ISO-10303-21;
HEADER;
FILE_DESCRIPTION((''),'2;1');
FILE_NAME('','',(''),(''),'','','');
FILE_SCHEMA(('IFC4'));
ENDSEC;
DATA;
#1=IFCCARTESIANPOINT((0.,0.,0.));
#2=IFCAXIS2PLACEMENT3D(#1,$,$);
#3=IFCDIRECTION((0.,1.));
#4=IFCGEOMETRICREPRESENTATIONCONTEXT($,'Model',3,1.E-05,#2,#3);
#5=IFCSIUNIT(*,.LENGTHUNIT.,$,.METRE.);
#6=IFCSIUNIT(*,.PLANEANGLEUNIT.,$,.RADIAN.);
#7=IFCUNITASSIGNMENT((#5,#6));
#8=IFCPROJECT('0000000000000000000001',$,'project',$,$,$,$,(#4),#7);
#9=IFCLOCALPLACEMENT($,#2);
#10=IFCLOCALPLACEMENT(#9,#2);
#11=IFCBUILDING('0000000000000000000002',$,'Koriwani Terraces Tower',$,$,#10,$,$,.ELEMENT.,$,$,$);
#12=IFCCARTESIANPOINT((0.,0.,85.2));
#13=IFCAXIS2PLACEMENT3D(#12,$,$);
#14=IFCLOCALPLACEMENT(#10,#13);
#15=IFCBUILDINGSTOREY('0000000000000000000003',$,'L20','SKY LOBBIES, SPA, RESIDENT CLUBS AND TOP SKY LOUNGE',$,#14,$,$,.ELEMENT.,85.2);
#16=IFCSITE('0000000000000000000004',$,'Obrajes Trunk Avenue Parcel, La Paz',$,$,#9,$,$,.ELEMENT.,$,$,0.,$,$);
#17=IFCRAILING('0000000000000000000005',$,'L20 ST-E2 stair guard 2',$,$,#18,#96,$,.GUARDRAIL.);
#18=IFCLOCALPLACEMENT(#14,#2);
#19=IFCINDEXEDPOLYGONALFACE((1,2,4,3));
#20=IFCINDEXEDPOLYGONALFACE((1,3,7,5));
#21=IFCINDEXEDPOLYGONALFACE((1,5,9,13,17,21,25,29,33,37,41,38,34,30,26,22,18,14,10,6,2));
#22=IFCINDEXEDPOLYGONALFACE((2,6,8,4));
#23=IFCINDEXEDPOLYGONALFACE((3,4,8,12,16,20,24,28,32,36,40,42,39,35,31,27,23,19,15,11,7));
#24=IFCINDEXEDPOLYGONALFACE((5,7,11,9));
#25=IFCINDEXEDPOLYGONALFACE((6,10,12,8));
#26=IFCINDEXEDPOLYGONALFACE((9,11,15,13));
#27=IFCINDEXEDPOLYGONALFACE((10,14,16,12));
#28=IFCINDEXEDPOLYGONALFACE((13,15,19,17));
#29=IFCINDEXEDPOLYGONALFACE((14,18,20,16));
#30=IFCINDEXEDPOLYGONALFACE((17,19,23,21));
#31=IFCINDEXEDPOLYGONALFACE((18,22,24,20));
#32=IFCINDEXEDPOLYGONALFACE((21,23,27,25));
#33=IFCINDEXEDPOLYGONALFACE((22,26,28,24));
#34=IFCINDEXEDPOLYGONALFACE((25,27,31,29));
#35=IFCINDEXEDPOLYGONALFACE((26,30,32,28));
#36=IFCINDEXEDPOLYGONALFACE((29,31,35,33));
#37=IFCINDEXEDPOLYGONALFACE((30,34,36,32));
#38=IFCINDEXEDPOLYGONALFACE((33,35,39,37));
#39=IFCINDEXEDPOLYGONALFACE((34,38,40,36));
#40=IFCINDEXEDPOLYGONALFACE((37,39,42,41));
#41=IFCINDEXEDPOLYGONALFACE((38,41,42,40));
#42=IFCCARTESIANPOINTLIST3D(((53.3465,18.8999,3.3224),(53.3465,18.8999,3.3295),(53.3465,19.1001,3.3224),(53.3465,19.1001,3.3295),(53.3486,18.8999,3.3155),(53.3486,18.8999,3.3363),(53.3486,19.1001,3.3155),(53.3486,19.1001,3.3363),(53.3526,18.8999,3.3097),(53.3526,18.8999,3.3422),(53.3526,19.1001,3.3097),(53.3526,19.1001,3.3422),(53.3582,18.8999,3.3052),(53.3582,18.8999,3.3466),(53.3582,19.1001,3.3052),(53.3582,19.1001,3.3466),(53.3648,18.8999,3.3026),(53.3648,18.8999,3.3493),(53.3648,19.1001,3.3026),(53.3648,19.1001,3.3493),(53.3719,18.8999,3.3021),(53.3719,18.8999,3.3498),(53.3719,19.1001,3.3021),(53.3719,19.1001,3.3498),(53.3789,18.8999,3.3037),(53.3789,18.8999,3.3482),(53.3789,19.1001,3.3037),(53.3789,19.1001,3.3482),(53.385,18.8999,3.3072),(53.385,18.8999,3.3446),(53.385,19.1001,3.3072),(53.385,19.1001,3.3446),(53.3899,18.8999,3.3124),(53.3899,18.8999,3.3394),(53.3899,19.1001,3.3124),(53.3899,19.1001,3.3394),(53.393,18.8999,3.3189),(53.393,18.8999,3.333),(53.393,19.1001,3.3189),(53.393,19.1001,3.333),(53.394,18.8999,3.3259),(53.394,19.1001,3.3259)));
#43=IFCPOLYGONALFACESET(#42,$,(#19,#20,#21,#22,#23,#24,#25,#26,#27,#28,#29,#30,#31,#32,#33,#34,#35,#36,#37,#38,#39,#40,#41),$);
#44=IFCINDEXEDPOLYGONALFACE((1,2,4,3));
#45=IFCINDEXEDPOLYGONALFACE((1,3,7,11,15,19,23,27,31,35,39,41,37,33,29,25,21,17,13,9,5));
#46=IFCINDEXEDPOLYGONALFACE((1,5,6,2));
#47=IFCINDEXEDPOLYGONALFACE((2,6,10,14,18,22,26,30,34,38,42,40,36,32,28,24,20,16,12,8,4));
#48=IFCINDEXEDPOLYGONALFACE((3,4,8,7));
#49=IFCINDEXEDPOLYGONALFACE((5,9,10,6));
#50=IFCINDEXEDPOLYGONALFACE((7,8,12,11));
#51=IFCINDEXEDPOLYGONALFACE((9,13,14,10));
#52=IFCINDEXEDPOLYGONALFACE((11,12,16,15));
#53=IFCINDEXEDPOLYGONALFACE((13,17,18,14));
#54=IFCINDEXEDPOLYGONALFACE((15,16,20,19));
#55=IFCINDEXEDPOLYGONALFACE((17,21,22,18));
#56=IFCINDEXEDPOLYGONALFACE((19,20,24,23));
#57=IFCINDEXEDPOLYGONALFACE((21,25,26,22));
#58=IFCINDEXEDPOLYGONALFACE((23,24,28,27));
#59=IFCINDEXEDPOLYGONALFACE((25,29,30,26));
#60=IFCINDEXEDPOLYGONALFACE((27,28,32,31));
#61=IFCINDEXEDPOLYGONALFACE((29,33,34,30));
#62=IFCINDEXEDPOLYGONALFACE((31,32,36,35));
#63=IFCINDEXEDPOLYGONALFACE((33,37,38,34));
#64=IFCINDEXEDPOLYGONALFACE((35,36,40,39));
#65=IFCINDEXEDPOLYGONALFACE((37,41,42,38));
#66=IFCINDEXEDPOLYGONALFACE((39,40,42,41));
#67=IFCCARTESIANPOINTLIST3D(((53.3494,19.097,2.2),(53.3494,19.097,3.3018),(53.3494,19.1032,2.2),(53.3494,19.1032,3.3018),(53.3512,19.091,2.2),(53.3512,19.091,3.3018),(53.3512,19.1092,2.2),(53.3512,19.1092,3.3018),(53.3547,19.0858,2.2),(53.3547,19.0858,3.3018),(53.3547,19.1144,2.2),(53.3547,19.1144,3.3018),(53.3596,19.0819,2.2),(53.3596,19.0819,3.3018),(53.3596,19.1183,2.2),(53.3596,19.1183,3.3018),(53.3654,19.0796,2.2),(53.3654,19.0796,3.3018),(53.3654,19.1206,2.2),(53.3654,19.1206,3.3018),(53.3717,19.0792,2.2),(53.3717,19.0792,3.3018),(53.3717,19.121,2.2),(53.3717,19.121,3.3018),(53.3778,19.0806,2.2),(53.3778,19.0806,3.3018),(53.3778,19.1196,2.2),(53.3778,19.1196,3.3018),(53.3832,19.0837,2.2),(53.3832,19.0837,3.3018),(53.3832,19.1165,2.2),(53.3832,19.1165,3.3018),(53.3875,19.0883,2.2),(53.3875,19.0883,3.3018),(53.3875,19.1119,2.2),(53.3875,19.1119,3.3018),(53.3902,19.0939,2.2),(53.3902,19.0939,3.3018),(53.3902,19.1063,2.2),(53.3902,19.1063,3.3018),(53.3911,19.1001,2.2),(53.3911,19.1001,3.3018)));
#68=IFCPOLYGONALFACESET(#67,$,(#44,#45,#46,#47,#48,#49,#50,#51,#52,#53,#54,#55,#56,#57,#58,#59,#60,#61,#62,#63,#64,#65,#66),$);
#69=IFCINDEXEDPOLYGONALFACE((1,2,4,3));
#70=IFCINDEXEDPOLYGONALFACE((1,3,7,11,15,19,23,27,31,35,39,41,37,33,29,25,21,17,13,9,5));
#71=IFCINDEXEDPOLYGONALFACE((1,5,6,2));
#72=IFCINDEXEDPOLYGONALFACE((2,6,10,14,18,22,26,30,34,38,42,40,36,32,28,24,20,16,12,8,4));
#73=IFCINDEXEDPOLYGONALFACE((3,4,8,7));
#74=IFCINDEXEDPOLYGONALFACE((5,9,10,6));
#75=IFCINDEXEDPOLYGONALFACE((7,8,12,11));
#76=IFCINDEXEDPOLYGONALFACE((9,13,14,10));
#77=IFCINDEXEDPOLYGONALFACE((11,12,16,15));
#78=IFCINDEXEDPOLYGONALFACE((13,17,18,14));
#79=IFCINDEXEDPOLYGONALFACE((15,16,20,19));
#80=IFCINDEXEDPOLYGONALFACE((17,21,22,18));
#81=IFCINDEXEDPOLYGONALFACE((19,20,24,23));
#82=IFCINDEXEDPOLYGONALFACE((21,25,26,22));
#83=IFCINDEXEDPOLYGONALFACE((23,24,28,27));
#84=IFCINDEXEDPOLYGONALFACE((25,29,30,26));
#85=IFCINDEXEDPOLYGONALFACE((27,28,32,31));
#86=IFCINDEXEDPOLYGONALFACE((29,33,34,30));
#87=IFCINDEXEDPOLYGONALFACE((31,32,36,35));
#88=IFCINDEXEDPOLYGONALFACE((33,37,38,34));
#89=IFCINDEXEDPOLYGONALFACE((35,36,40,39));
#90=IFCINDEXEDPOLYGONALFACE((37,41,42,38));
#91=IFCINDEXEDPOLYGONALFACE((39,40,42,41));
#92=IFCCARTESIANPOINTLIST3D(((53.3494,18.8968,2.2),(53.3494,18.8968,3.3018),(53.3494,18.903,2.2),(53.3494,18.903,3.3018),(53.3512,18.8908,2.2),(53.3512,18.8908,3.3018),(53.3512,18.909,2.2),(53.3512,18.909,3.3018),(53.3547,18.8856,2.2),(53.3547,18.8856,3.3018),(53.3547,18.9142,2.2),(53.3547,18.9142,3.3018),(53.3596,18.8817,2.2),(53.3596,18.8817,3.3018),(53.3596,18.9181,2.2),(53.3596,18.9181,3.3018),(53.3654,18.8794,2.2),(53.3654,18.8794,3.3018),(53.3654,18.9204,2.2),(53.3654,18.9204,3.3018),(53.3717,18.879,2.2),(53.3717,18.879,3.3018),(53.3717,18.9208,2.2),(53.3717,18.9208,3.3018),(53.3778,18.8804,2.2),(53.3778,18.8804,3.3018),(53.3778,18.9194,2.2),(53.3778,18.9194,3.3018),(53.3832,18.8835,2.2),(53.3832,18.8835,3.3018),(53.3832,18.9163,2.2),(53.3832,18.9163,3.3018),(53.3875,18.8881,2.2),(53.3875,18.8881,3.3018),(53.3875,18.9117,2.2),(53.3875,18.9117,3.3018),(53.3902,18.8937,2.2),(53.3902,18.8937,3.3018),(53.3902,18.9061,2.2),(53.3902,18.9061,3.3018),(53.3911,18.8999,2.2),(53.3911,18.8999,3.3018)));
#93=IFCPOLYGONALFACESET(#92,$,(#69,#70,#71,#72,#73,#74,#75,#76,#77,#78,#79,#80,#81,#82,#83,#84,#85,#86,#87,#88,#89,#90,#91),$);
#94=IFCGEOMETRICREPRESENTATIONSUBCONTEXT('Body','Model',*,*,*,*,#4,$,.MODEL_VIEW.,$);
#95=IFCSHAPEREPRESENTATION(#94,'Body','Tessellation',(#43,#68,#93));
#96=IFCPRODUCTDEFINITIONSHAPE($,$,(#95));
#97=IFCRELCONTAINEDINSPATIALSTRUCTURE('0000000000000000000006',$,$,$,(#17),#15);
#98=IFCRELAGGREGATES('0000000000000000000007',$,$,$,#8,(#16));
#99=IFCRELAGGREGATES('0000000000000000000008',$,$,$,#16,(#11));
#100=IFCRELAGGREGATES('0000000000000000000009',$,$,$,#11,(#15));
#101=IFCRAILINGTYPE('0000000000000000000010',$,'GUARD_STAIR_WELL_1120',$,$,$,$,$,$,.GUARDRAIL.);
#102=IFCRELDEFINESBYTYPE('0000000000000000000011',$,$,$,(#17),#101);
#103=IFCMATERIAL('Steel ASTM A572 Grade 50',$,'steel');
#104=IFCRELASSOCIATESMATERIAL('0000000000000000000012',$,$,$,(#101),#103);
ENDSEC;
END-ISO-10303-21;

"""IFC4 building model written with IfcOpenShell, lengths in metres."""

from ifc_helpers import new_model, si_unit, direction, frame, origin, origin_2d, place, context, subcontext, project, spatial, circle, extrude, material, type_object, element, save


model = new_model("IFC4")

# Units and contexts
model_context = context("Model", 3, precision=1e-05, world=origin(), true_north=direction((0.0, 1.0)))
body_context = subcontext(model_context, "Body", "Model", "MODEL_VIEW")
ifc_project = project(units=[si_unit("LENGTHUNIT", "METRE"), si_unit("PLANEANGLEUNIT", "RADIAN")], contexts=[model_context])

# Site, building, storey
site_placement = place(None, origin())
site = spatial("IfcSite", under=ifc_project, at=site_placement, Name="Obrajes Trunk Avenue Parcel, La Paz", CompositionType="ELEMENT", RefElevation=0.0)
building_placement = place(site_placement, origin())
building = spatial("IfcBuilding", under=site, at=building_placement, Name="Koriwani Terraces Tower", CompositionType="ELEMENT")
storey_placement = place(building_placement, frame((0.0, 0.0, 85.2)))
storey = spatial("IfcBuildingStorey", under=building, at=storey_placement, Name="L20", Description="SKY LOBBIES, SPA, RESIDENT CLUBS AND TOP SKY LOUNGE", CompositionType="ELEMENT", Elevation=85.2)

# Shared definitions
ifc_material_1 = material(Name="Steel ASTM A572 Grade 50", Category="steel")

# Railing
railing_type_1 = type_object("IfcRailingType", Name="GUARD_STAIR_WELL_1120", PredefinedType="GUARDRAIL", material=ifc_material_1)
railing_1_placement = place(storey_placement, frame((53.3701, 19.1001, 2.2)))
element("IfcRailing", 1, at=railing_1_placement, inside=storey, type_object=railing_type_1, Name="L20 ST-E2 stair guard 2", PredefinedType="GUARDRAIL", context=body_context, shape_type="SweptSolid", body=[
    extrude(circle(Radius=0.0239, at=origin_2d()), frame((0.0, 0.0, 1.126), z_axis=(0.0, -1.0, 0.0), x_axis=(1.0, 0.0, 0.0)), (0.0, 0.0, 1.0), 0.2002),
    extrude(circle(Radius=0.021, at=origin_2d()), origin(), (0.0, 0.0, 1.0), 1.1018),
    extrude(circle(Radius=0.021, at=origin_2d()), frame((0.0, -0.2002, 0.0)), (0.0, 0.0, 1.0), 1.1018),
])

save(model, "model.ifc")
